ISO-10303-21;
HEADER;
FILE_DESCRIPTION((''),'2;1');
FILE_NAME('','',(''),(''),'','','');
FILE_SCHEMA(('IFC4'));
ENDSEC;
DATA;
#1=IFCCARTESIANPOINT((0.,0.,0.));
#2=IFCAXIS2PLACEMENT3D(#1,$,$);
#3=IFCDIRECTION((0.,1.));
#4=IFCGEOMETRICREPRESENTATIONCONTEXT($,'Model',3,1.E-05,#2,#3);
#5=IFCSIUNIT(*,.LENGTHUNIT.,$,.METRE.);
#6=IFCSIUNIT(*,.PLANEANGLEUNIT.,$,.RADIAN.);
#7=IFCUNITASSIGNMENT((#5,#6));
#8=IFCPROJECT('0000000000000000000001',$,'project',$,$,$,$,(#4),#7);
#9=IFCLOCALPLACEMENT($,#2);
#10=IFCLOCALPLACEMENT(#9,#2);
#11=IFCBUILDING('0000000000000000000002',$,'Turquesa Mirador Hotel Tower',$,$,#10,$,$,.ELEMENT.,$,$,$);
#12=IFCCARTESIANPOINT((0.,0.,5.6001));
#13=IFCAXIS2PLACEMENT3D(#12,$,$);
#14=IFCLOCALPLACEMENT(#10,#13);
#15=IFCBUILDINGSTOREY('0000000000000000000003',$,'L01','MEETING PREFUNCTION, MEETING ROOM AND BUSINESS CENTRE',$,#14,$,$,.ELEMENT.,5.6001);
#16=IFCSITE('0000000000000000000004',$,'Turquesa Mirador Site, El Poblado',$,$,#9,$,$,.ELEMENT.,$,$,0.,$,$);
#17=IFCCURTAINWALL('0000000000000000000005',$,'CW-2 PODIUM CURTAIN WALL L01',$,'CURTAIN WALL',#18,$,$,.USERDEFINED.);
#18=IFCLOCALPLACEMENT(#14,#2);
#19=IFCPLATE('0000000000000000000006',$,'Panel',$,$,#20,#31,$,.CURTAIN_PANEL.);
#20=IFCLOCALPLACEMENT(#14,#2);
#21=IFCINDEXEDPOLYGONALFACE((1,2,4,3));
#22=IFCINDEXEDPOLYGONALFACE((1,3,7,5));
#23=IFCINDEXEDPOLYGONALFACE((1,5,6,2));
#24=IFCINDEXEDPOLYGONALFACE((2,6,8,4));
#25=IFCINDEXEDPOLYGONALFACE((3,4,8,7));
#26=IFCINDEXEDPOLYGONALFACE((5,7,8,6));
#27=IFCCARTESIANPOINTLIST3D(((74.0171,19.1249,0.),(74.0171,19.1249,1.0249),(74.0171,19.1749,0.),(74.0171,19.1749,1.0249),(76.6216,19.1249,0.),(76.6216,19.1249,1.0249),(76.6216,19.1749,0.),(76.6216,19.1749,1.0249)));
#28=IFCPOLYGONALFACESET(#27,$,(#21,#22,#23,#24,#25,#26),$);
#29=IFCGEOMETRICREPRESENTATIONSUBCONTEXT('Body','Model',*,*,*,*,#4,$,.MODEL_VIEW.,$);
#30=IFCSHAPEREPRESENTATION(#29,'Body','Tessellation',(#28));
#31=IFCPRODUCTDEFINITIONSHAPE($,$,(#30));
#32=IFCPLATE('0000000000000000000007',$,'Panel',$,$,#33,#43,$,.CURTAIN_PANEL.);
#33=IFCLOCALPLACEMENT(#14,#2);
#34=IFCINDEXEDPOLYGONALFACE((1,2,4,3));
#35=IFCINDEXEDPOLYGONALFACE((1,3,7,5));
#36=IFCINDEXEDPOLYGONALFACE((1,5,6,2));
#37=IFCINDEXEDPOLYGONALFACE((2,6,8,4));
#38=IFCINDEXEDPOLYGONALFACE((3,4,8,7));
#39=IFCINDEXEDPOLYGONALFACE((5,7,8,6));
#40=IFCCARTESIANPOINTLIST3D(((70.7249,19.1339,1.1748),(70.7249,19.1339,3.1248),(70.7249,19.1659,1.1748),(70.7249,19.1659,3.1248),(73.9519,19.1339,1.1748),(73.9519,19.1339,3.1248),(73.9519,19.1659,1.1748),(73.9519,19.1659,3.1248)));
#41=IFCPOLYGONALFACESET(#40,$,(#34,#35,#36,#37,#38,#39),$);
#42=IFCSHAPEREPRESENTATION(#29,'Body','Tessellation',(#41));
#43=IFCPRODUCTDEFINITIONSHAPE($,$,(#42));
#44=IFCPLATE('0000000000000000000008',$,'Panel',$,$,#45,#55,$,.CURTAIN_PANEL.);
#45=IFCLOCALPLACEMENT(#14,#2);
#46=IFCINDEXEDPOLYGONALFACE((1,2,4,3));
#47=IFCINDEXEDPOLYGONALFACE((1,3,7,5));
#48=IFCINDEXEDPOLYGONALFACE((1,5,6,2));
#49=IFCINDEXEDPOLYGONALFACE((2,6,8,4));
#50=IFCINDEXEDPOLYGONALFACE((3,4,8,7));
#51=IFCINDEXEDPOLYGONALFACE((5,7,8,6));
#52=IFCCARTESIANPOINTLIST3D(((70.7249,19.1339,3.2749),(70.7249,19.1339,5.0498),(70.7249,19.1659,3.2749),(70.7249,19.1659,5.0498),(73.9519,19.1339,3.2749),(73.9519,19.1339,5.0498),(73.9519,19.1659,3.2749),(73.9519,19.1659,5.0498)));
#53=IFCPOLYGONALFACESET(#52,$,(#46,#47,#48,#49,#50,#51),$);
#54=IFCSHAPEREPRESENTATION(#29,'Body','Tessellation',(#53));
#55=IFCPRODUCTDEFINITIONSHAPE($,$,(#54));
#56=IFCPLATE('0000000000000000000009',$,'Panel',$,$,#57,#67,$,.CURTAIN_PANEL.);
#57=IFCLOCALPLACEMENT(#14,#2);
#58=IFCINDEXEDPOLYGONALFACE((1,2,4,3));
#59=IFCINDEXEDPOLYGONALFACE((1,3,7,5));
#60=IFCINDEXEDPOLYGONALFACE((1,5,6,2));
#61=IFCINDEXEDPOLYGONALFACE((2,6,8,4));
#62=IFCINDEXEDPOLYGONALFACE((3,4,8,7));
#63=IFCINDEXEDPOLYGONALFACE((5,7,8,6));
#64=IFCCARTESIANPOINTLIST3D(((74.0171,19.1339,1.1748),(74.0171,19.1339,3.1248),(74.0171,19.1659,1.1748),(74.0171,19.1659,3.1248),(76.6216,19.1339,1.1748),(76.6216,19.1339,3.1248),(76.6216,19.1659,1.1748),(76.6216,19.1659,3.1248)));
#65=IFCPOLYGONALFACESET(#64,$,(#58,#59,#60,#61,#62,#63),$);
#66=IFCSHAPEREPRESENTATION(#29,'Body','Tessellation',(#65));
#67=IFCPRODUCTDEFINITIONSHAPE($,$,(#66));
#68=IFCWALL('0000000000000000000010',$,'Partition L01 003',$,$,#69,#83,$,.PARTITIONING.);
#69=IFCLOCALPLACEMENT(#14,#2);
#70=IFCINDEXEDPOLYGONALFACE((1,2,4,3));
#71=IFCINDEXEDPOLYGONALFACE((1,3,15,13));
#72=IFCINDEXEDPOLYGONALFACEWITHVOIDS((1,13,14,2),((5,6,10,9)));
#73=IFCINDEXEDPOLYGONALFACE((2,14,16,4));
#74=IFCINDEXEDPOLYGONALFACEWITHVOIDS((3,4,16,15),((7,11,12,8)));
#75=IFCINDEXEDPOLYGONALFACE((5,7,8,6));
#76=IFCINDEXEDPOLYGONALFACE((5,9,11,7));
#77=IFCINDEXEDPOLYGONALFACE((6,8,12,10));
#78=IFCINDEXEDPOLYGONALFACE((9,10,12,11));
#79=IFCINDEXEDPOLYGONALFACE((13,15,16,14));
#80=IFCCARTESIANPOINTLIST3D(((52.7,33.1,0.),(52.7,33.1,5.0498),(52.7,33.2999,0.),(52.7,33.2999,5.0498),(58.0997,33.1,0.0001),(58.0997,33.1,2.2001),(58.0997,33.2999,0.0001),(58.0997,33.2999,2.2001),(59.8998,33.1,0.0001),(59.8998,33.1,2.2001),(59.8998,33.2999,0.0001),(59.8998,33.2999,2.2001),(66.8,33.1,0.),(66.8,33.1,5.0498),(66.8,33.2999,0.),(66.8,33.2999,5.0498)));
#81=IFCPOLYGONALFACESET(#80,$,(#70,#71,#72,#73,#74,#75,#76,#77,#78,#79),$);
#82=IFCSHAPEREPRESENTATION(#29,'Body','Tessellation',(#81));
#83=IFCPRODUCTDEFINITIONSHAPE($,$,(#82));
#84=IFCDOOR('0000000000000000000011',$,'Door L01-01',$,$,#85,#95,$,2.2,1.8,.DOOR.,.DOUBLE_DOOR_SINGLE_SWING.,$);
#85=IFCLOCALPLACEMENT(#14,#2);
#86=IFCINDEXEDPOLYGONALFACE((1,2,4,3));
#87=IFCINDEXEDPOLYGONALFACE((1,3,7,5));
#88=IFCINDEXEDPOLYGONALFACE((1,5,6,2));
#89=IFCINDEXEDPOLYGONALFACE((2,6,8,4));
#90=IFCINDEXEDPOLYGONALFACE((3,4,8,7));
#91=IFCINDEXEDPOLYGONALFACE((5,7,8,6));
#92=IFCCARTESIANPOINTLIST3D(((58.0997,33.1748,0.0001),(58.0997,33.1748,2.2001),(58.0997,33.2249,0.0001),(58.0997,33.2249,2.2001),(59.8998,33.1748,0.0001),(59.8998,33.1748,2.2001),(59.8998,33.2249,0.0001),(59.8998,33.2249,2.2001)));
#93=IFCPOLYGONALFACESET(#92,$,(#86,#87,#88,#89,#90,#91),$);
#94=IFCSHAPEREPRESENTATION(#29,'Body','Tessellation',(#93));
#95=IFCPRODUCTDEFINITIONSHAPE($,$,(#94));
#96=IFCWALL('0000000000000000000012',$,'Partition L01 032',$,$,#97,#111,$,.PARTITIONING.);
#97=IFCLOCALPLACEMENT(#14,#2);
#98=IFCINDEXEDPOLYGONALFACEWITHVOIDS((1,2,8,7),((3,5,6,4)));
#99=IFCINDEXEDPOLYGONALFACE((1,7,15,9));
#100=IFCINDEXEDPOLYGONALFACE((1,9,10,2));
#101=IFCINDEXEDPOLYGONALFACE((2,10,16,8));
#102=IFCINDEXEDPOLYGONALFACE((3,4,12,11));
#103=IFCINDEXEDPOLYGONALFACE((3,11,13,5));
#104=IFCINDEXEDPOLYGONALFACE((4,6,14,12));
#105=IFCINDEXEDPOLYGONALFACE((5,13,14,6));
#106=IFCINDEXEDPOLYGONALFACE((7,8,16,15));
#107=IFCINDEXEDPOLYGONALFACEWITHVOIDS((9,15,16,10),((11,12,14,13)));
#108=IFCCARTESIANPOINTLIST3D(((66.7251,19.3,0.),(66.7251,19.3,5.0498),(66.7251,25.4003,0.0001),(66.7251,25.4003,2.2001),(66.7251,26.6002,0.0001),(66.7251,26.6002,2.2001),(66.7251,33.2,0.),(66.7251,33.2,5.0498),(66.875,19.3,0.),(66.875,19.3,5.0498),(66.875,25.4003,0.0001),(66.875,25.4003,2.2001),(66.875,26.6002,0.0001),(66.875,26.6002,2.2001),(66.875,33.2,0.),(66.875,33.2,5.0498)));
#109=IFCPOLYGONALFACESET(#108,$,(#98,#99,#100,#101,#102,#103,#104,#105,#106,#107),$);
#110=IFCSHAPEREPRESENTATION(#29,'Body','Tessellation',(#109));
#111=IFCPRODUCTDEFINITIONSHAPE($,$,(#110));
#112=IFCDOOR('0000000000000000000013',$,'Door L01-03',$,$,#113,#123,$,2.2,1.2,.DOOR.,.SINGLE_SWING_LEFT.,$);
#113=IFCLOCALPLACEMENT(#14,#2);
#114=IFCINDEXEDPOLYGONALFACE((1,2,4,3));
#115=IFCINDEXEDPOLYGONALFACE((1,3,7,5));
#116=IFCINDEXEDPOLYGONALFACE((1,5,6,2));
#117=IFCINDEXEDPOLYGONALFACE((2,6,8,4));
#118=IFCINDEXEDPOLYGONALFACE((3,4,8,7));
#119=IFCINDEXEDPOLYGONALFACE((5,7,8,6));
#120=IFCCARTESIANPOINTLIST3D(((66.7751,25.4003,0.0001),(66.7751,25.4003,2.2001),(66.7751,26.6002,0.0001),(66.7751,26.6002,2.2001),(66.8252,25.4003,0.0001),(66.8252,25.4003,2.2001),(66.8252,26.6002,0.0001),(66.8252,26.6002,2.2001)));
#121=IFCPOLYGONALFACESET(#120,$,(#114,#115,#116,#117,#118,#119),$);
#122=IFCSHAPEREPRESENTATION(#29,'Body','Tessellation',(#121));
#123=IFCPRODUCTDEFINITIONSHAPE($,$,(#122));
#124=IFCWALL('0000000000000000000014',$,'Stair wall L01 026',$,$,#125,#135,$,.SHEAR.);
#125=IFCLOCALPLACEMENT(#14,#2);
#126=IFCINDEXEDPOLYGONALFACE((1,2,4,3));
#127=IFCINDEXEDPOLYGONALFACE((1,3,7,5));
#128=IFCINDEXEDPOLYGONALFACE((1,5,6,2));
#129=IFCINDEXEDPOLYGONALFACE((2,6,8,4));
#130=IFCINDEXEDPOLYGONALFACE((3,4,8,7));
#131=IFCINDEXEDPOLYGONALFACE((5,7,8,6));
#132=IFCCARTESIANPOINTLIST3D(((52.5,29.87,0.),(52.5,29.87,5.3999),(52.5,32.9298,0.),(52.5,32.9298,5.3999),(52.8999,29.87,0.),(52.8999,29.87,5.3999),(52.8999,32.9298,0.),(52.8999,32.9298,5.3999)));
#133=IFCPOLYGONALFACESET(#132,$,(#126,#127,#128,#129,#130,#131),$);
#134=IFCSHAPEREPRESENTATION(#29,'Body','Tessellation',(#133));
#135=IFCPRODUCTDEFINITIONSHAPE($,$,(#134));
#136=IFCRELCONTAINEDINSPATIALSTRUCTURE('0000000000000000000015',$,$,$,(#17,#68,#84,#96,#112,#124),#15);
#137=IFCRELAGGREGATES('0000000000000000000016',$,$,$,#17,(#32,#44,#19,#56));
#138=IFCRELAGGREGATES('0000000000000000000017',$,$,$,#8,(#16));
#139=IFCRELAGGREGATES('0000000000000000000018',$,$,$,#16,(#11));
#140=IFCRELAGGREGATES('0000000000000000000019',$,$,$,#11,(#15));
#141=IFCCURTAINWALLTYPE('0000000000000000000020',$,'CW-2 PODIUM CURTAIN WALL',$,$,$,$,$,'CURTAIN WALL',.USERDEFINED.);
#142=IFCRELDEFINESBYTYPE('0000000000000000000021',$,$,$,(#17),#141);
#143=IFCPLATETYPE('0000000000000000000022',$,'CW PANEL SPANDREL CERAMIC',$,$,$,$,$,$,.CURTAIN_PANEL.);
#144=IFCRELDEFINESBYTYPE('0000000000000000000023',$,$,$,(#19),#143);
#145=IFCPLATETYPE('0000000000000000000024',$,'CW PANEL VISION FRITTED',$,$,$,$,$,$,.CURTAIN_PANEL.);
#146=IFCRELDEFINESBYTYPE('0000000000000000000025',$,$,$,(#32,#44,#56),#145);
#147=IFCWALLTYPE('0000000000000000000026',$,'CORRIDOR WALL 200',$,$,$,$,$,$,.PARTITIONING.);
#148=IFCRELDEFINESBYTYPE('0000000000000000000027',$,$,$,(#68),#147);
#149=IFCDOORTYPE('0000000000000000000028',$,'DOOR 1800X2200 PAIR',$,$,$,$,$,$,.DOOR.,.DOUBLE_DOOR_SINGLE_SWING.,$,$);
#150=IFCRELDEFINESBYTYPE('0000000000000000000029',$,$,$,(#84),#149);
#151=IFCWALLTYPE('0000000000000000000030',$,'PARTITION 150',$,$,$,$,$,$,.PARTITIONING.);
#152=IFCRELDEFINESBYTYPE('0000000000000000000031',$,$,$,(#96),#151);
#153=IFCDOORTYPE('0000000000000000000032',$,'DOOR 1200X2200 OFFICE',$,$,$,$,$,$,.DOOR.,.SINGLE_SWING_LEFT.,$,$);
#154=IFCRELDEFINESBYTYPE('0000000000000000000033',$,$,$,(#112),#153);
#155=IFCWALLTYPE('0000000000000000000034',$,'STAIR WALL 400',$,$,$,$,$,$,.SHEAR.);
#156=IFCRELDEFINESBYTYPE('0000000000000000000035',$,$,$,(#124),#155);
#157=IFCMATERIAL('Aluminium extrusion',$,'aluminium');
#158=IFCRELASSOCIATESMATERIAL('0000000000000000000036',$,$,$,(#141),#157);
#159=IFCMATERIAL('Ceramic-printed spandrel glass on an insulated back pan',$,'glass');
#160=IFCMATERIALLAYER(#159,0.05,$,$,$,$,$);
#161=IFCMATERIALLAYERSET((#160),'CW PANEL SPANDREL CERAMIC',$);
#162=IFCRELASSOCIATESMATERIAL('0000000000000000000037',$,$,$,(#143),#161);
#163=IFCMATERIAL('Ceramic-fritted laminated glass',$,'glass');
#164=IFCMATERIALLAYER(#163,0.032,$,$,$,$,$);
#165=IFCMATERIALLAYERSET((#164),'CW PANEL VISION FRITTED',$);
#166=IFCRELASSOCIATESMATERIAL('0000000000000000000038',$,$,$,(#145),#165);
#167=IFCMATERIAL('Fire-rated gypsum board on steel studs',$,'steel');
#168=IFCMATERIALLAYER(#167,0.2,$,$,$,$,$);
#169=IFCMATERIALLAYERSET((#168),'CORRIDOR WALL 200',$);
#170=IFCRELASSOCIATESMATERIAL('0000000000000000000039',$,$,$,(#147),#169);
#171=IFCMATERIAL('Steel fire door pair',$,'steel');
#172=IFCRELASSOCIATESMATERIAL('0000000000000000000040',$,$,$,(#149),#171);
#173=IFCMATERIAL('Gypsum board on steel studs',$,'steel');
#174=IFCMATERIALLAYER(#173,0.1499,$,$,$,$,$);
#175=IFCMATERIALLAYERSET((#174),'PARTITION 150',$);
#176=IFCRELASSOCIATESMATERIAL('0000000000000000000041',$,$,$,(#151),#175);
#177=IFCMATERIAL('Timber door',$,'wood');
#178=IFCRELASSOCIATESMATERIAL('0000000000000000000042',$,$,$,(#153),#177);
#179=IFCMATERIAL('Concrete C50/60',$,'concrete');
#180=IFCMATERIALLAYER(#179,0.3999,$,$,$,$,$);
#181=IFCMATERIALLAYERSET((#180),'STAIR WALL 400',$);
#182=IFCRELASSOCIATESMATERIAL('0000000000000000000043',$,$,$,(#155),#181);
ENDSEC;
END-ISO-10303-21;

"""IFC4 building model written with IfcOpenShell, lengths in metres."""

from ifc_helpers import new_model, si_unit, direction, frame, frame_2d, origin, origin_2d, place, context, subcontext, project, spatial, rectangle, extrude, material, layer, layer_set, type_object, element, fill, aggregate, save


model = new_model("IFC4")

# Units and contexts
model_context = context("Model", 3, precision=1e-05, world=origin(), true_north=direction((0.0, 1.0)))
body_context = subcontext(model_context, "Body", "Model", "MODEL_VIEW")
ifc_project = project(units=[si_unit("LENGTHUNIT", "METRE"), si_unit("PLANEANGLEUNIT", "RADIAN")], contexts=[model_context])

# Site, building, storey
site_placement = place(None, origin())
site = spatial("IfcSite", under=ifc_project, at=site_placement, Name="Turquesa Mirador Site, El Poblado", CompositionType="ELEMENT", RefElevation=0.0)
building_placement = place(site_placement, origin())
building = spatial("IfcBuilding", under=site, at=building_placement, Name="Turquesa Mirador Hotel Tower", CompositionType="ELEMENT")
storey_placement = place(building_placement, frame((0.0, 0.0, 5.6001)))
storey = spatial("IfcBuildingStorey", under=building, at=storey_placement, Name="L01", Description="MEETING PREFUNCTION, MEETING ROOM AND BUSINESS CENTRE", CompositionType="ELEMENT", Elevation=5.6001)

# Curtain wall, plates
ifc_material_1 = material(Name="Aluminium extrusion", Category="aluminium")
curtain_wall_type = type_object("IfcCurtainWallType", Name="CW-2 PODIUM CURTAIN WALL", ElementType="CURTAIN WALL", PredefinedType="USERDEFINED", material=ifc_material_1)
curtain_wall_placement = place(storey_placement, origin())
curtain_wall = element("IfcCurtainWall", 1, at=curtain_wall_placement, inside=storey, type_object=curtain_wall_type, Name="CW-2 PODIUM CURTAIN WALL L01", ObjectType="CURTAIN WALL", PredefinedType="USERDEFINED")
ifc_material_2 = material(Name="Ceramic-printed spandrel glass on an insulated back pan", Category="glass")
ifc_layer_1 = layer(ifc_material_2, 0.05)
ifc_layer_set_1 = layer_set([ifc_layer_1], Name="CW PANEL SPANDREL CERAMIC")
plate_type_1 = type_object("IfcPlateType", Name="CW PANEL SPANDREL CERAMIC", PredefinedType="CURTAIN_PANEL", material=ifc_layer_set_1)
plate_1_placement = place(storey_placement, frame((75.3193, 19.1499, 0.0), z_axis=(0.0, 0.0, 1.0), x_axis=(1.0, 0.0, 0.0)))
plate_1 = element("IfcPlate", 2, at=plate_1_placement, type_object=plate_type_1, Name="Panel", PredefinedType="CURTAIN_PANEL", context=body_context, shape_type="SweptSolid", body=[
    extrude(rectangle(XDim=2.6045, YDim=0.05, at=origin_2d()), origin(), (0.0, 0.0, 1.0), 1.0249),
])
ifc_material_3 = material(Name="Ceramic-fritted laminated glass", Category="glass")
ifc_layer_2 = layer(ifc_material_3, 0.032)
ifc_layer_set_2 = layer_set([ifc_layer_2], Name="CW PANEL VISION FRITTED")
plate_type_2 = type_object("IfcPlateType", Name="CW PANEL VISION FRITTED", PredefinedType="CURTAIN_PANEL", material=ifc_layer_set_2)
plate_2_placement = place(storey_placement, frame((72.3384, 19.1499, 1.1748), z_axis=(0.0, 0.0, 1.0), x_axis=(1.0, 0.0, 0.0)))
plate_2 = element("IfcPlate", 3, at=plate_2_placement, type_object=plate_type_2, Name="Panel", PredefinedType="CURTAIN_PANEL", context=body_context, shape_type="SweptSolid", body=[
    extrude(rectangle(XDim=3.2271, YDim=0.032, at=origin_2d()), origin(), (0.0, 0.0, 1.0), 1.95),
])
plate_3_placement = place(storey_placement, frame((72.3384, 19.1499, 3.2749), z_axis=(0.0, 0.0, 1.0), x_axis=(1.0, 0.0, 0.0)))
plate_3 = element("IfcPlate", 4, at=plate_3_placement, type_object=plate_type_2, Name="Panel", PredefinedType="CURTAIN_PANEL", context=body_context, shape_type="SweptSolid", body=[
    extrude(rectangle(XDim=3.2271, YDim=0.032, at=origin_2d()), origin(), (0.0, 0.0, 1.0), 1.7749),
])
plate_4_placement = place(storey_placement, frame((75.3193, 19.1499, 1.1748), z_axis=(0.0, 0.0, 1.0), x_axis=(1.0, 0.0, 0.0)))
plate_4 = element("IfcPlate", 5, at=plate_4_placement, type_object=plate_type_2, Name="Panel", PredefinedType="CURTAIN_PANEL", context=body_context, shape_type="SweptSolid", body=[
    extrude(rectangle(XDim=2.6045, YDim=0.032, at=origin_2d()), origin(), (0.0, 0.0, 1.0), 1.95),
])
aggregate(curtain_wall, [plate_2, plate_3, plate_1, plate_4])

# Walls, openings, doors
ifc_material_4 = material(Name="Fire-rated gypsum board on steel studs", Category="steel")
ifc_layer_3 = layer(ifc_material_4, 0.2)
ifc_layer_set_3 = layer_set([ifc_layer_3], Name="CORRIDOR WALL 200")
wall_type_1 = type_object("IfcWallType", Name="CORRIDOR WALL 200", PredefinedType="PARTITIONING", material=ifc_layer_set_3)
wall_1_placement = place(storey_placement, frame((52.7, 33.2, 0.0), z_axis=(0.0, 0.0, 1.0), x_axis=(1.0, 0.0, 0.0)))
wall_1 = element("IfcWall", 6, at=wall_1_placement, inside=storey, type_object=wall_type_1, Name="Partition L01 003", PredefinedType="PARTITIONING", context=body_context, shape_type="SweptSolid", body=[
    extrude(rectangle(XDim=14.1001, YDim=0.2, at=frame_2d((7.05, 0.0))), origin(), (0.0, 0.0, 1.0), 5.0498),
])
opening_1_placement = place(wall_1_placement, frame((5.3999, 0.0, 0.0)))
opening_1 = element("IfcOpeningElement", 7, at=opening_1_placement, cuts=wall_1, PredefinedType="OPENING", context=body_context, shape_type="SweptSolid", body=[
    extrude(rectangle(XDim=1.8, YDim=2.2, at=frame_2d((0.8999, 1.1001))), frame((0.0, 0.1099, 0.0), z_axis=(0.0, -1.0, 0.0), x_axis=(1.0, 0.0, 0.0)), (0.0, 0.0, 1.0), 0.22),
])
ifc_material_5 = material(Name="Steel fire door pair", Category="steel")
door_type_1 = type_object("IfcDoorType", Name="DOOR 1800X2200 PAIR", OperationType="DOUBLE_DOOR_SINGLE_SWING", PredefinedType="DOOR", material=ifc_material_5)
door_1_placement = place(opening_1_placement, origin())
door_1 = element("IfcDoor", 8, at=door_1_placement, inside=storey, type_object=door_type_1, Name="Door L01-01", OperationType="DOUBLE_DOOR_SINGLE_SWING", OverallHeight=2.2, OverallWidth=1.8, PredefinedType="DOOR", context=body_context, shape_type="SweptSolid", body=[
    extrude(rectangle(XDim=1.8, YDim=2.2, at=frame_2d((0.8999, 1.1001))), frame((0.0, 0.0249, 0.0), z_axis=(0.0, -1.0, 0.0), x_axis=(1.0, 0.0, 0.0)), (0.0, 0.0, 1.0), 0.05),
])
fill(opening_1, door_1)
ifc_material_6 = material(Name="Gypsum board on steel studs", Category="steel")
ifc_layer_4 = layer(ifc_material_6, 0.1499)
ifc_layer_set_4 = layer_set([ifc_layer_4], Name="PARTITION 150")
wall_type_2 = type_object("IfcWallType", Name="PARTITION 150", PredefinedType="PARTITIONING", material=ifc_layer_set_4)
wall_2_placement = place(storey_placement, frame((66.8, 19.3, 0.0), z_axis=(0.0, 0.0, 1.0), x_axis=(0.0, 1.0, 0.0)))
wall_2 = element("IfcWall", 9, at=wall_2_placement, inside=storey, type_object=wall_type_2, Name="Partition L01 032", PredefinedType="PARTITIONING", context=body_context, shape_type="SweptSolid", body=[
    extrude(rectangle(XDim=13.8999, YDim=0.1499, at=frame_2d((6.95, 0.0))), origin(), (0.0, 0.0, 1.0), 5.0498),
])
opening_2_placement = place(wall_2_placement, frame((6.1001, 0.0, 0.0)))
opening_2 = element("IfcOpeningElement", 10, at=opening_2_placement, cuts=wall_2, PredefinedType="OPENING", context=body_context, shape_type="SweptSolid", body=[
    extrude(rectangle(XDim=1.2, YDim=2.2, at=frame_2d((0.6001, 1.1001))), frame((0.0, 0.085, 0.0), z_axis=(0.0, -1.0, 0.0), x_axis=(1.0, 0.0, 0.0)), (0.0, 0.0, 1.0), 0.1699),
])
ifc_material_7 = material(Name="Timber door", Category="wood")
door_type_2 = type_object("IfcDoorType", Name="DOOR 1200X2200 OFFICE", OperationType="SINGLE_SWING_LEFT", PredefinedType="DOOR", material=ifc_material_7)
door_2_placement = place(opening_2_placement, origin())
door_2 = element("IfcDoor", 11, at=door_2_placement, inside=storey, type_object=door_type_2, Name="Door L01-03", OperationType="SINGLE_SWING_LEFT", OverallHeight=2.2, OverallWidth=1.2, PredefinedType="DOOR", context=body_context, shape_type="SweptSolid", body=[
    extrude(rectangle(XDim=1.2, YDim=2.2, at=frame_2d((0.6001, 1.1001))), frame((0.0, 0.0249, 0.0), z_axis=(0.0, -1.0, 0.0), x_axis=(1.0, 0.0, 0.0)), (0.0, 0.0, 1.0), 0.05),
])
fill(opening_2, door_2)

# Wall
ifc_material_8 = material(Name="Concrete C50/60", Category="concrete")
ifc_layer_5 = layer(ifc_material_8, 0.3999)
ifc_layer_set_5 = layer_set([ifc_layer_5], Name="STAIR WALL 400")
wall_type_3 = type_object("IfcWallType", Name="STAIR WALL 400", PredefinedType="SHEAR", material=ifc_layer_set_5)
wall_3_placement = place(storey_placement, frame((52.7, 29.8701, 0.0), z_axis=(0.0, 0.0, 1.0), x_axis=(0.0, 1.0, 0.0)))
element("IfcWall", 12, at=wall_3_placement, inside=storey, type_object=wall_type_3, Name="Stair wall L01 026", PredefinedType="SHEAR", context=body_context, shape_type="SweptSolid", body=[
    extrude(rectangle(XDim=3.0598, YDim=0.3999, at=frame_2d((1.5298, 0.0))), origin(), (0.0, 0.0, 1.0), 5.3999),
])

save(model, "model.ifc")
